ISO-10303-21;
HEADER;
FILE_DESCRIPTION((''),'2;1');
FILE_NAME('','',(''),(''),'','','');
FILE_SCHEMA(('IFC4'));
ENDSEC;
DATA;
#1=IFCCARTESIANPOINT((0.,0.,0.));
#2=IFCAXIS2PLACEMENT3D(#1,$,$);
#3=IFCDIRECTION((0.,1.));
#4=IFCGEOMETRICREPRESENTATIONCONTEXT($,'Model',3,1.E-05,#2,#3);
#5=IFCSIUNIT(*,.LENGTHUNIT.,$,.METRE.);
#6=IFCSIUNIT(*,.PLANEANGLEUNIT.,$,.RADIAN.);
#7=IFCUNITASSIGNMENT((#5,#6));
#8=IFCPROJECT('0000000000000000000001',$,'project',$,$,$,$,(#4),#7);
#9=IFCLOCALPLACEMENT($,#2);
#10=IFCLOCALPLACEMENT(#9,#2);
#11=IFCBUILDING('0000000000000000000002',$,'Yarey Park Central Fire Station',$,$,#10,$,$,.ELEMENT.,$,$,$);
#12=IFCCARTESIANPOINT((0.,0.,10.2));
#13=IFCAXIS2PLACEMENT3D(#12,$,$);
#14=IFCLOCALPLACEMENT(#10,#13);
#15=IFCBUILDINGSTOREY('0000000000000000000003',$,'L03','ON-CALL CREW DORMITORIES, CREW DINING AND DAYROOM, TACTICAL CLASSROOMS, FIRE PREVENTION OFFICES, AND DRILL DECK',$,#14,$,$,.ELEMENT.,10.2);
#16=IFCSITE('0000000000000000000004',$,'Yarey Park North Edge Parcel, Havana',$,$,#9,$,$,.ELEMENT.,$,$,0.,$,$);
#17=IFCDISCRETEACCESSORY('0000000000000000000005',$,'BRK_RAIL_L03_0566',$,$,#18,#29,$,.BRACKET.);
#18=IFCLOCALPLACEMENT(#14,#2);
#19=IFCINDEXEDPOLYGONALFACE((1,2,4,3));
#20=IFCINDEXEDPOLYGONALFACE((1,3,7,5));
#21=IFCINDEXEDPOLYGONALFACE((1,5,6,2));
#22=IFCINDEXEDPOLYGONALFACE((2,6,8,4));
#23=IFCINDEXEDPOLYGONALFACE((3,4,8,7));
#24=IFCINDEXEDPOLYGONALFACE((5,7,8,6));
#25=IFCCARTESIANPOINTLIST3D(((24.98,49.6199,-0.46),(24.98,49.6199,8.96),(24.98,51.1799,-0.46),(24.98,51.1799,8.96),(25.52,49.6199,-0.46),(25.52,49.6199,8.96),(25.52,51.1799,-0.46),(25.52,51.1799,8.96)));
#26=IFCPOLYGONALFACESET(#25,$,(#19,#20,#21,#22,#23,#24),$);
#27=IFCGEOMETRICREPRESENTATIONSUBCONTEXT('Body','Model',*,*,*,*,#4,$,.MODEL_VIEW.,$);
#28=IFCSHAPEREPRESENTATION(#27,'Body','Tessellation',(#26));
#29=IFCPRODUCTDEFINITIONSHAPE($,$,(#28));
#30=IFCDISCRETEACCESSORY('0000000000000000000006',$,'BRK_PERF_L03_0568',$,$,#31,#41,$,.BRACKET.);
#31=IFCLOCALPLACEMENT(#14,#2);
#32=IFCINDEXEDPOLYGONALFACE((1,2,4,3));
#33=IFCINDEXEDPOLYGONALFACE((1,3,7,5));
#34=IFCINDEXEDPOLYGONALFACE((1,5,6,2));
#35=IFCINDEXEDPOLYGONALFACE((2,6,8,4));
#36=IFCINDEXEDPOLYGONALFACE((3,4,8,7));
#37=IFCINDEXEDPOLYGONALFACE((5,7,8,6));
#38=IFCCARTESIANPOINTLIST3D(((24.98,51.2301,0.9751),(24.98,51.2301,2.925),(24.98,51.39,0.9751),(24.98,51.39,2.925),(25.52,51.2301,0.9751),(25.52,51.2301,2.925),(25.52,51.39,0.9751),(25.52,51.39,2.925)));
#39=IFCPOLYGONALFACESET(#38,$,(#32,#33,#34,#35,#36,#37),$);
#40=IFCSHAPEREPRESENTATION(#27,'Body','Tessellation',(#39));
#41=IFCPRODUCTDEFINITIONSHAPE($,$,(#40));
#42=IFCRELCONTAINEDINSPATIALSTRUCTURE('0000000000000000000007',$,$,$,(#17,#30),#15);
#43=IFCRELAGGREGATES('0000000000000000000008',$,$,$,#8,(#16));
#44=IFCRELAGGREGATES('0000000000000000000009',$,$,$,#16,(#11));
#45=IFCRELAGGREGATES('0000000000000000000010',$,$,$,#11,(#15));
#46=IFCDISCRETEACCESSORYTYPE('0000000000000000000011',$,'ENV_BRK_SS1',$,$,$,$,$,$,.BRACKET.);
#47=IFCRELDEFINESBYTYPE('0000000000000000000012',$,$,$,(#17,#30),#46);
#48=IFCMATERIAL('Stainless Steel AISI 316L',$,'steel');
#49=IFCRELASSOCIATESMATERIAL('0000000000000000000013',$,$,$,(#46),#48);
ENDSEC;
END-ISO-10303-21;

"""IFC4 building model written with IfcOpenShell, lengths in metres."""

from ifc_helpers import new_model, si_unit, direction, frame, origin, origin_2d, place, context, subcontext, project, spatial, rectangle, extrude, material, type_object, element, save


model = new_model("IFC4")

# Units and contexts
model_context = context("Model", 3, precision=1e-05, world=origin(), true_north=direction((0.0, 1.0)))
body_context = subcontext(model_context, "Body", "Model", "MODEL_VIEW")
ifc_project = project(units=[si_unit("LENGTHUNIT", "METRE"), si_unit("PLANEANGLEUNIT", "RADIAN")], contexts=[model_context])

# Site, building, storey
site_placement = place(None, origin())
site = spatial("IfcSite", under=ifc_project, at=site_placement, Name="Yarey Park North Edge Parcel, Havana", CompositionType="ELEMENT", RefElevation=0.0)
building_placement = place(site_placement, origin())
building = spatial("IfcBuilding", under=site, at=building_placement, Name="Yarey Park Central Fire Station", CompositionType="ELEMENT")
storey_placement = place(building_placement, frame((0.0, 0.0, 10.2)))
storey = spatial("IfcBuildingStorey", under=building, at=storey_placement, Name="L03", Description="ON-CALL CREW DORMITORIES, CREW DINING AND DAYROOM, TACTICAL CLASSROOMS, FIRE PREVENTION OFFICES, AND DRILL DECK", CompositionType="ELEMENT", Elevation=10.2)

# Discrete accessories
ifc_material_1 = material(Name="Stainless Steel AISI 316L", Category="steel")
discrete_accessory_type = type_object("IfcDiscreteAccessoryType", Name="ENV_BRK_SS1", PredefinedType="BRACKET", material=ifc_material_1)
discrete_accessory_1_placement = place(storey_placement, frame((25.25, 50.3999, -0.46), z_axis=(0.0, 0.0, 1.0), x_axis=(1.0, 0.0, 0.0)))
element("IfcDiscreteAccessory", 1, at=discrete_accessory_1_placement, inside=storey, type_object=discrete_accessory_type, Name="BRK_RAIL_L03_0566", PredefinedType="BRACKET", context=body_context, shape_type="SweptSolid", body=[
    extrude(rectangle(XDim=0.54, YDim=1.5601, at=origin_2d()), origin(), (0.0, 0.0, 1.0), 9.4199),
])
discrete_accessory_2_placement = place(storey_placement, frame((25.25, 51.3101, 0.9751), z_axis=(0.0, 0.0, 1.0), x_axis=(1.0, 0.0, 0.0)))
element("IfcDiscreteAccessory", 2, at=discrete_accessory_2_placement, inside=storey, type_object=discrete_accessory_type, Name="BRK_PERF_L03_0568", PredefinedType="BRACKET", context=body_context, shape_type="SweptSolid", body=[
    extrude(rectangle(XDim=0.54, YDim=0.1599, at=origin_2d()), origin(), (0.0, 0.0, 1.0), 1.95),
])

save(model, "model.ifc")
